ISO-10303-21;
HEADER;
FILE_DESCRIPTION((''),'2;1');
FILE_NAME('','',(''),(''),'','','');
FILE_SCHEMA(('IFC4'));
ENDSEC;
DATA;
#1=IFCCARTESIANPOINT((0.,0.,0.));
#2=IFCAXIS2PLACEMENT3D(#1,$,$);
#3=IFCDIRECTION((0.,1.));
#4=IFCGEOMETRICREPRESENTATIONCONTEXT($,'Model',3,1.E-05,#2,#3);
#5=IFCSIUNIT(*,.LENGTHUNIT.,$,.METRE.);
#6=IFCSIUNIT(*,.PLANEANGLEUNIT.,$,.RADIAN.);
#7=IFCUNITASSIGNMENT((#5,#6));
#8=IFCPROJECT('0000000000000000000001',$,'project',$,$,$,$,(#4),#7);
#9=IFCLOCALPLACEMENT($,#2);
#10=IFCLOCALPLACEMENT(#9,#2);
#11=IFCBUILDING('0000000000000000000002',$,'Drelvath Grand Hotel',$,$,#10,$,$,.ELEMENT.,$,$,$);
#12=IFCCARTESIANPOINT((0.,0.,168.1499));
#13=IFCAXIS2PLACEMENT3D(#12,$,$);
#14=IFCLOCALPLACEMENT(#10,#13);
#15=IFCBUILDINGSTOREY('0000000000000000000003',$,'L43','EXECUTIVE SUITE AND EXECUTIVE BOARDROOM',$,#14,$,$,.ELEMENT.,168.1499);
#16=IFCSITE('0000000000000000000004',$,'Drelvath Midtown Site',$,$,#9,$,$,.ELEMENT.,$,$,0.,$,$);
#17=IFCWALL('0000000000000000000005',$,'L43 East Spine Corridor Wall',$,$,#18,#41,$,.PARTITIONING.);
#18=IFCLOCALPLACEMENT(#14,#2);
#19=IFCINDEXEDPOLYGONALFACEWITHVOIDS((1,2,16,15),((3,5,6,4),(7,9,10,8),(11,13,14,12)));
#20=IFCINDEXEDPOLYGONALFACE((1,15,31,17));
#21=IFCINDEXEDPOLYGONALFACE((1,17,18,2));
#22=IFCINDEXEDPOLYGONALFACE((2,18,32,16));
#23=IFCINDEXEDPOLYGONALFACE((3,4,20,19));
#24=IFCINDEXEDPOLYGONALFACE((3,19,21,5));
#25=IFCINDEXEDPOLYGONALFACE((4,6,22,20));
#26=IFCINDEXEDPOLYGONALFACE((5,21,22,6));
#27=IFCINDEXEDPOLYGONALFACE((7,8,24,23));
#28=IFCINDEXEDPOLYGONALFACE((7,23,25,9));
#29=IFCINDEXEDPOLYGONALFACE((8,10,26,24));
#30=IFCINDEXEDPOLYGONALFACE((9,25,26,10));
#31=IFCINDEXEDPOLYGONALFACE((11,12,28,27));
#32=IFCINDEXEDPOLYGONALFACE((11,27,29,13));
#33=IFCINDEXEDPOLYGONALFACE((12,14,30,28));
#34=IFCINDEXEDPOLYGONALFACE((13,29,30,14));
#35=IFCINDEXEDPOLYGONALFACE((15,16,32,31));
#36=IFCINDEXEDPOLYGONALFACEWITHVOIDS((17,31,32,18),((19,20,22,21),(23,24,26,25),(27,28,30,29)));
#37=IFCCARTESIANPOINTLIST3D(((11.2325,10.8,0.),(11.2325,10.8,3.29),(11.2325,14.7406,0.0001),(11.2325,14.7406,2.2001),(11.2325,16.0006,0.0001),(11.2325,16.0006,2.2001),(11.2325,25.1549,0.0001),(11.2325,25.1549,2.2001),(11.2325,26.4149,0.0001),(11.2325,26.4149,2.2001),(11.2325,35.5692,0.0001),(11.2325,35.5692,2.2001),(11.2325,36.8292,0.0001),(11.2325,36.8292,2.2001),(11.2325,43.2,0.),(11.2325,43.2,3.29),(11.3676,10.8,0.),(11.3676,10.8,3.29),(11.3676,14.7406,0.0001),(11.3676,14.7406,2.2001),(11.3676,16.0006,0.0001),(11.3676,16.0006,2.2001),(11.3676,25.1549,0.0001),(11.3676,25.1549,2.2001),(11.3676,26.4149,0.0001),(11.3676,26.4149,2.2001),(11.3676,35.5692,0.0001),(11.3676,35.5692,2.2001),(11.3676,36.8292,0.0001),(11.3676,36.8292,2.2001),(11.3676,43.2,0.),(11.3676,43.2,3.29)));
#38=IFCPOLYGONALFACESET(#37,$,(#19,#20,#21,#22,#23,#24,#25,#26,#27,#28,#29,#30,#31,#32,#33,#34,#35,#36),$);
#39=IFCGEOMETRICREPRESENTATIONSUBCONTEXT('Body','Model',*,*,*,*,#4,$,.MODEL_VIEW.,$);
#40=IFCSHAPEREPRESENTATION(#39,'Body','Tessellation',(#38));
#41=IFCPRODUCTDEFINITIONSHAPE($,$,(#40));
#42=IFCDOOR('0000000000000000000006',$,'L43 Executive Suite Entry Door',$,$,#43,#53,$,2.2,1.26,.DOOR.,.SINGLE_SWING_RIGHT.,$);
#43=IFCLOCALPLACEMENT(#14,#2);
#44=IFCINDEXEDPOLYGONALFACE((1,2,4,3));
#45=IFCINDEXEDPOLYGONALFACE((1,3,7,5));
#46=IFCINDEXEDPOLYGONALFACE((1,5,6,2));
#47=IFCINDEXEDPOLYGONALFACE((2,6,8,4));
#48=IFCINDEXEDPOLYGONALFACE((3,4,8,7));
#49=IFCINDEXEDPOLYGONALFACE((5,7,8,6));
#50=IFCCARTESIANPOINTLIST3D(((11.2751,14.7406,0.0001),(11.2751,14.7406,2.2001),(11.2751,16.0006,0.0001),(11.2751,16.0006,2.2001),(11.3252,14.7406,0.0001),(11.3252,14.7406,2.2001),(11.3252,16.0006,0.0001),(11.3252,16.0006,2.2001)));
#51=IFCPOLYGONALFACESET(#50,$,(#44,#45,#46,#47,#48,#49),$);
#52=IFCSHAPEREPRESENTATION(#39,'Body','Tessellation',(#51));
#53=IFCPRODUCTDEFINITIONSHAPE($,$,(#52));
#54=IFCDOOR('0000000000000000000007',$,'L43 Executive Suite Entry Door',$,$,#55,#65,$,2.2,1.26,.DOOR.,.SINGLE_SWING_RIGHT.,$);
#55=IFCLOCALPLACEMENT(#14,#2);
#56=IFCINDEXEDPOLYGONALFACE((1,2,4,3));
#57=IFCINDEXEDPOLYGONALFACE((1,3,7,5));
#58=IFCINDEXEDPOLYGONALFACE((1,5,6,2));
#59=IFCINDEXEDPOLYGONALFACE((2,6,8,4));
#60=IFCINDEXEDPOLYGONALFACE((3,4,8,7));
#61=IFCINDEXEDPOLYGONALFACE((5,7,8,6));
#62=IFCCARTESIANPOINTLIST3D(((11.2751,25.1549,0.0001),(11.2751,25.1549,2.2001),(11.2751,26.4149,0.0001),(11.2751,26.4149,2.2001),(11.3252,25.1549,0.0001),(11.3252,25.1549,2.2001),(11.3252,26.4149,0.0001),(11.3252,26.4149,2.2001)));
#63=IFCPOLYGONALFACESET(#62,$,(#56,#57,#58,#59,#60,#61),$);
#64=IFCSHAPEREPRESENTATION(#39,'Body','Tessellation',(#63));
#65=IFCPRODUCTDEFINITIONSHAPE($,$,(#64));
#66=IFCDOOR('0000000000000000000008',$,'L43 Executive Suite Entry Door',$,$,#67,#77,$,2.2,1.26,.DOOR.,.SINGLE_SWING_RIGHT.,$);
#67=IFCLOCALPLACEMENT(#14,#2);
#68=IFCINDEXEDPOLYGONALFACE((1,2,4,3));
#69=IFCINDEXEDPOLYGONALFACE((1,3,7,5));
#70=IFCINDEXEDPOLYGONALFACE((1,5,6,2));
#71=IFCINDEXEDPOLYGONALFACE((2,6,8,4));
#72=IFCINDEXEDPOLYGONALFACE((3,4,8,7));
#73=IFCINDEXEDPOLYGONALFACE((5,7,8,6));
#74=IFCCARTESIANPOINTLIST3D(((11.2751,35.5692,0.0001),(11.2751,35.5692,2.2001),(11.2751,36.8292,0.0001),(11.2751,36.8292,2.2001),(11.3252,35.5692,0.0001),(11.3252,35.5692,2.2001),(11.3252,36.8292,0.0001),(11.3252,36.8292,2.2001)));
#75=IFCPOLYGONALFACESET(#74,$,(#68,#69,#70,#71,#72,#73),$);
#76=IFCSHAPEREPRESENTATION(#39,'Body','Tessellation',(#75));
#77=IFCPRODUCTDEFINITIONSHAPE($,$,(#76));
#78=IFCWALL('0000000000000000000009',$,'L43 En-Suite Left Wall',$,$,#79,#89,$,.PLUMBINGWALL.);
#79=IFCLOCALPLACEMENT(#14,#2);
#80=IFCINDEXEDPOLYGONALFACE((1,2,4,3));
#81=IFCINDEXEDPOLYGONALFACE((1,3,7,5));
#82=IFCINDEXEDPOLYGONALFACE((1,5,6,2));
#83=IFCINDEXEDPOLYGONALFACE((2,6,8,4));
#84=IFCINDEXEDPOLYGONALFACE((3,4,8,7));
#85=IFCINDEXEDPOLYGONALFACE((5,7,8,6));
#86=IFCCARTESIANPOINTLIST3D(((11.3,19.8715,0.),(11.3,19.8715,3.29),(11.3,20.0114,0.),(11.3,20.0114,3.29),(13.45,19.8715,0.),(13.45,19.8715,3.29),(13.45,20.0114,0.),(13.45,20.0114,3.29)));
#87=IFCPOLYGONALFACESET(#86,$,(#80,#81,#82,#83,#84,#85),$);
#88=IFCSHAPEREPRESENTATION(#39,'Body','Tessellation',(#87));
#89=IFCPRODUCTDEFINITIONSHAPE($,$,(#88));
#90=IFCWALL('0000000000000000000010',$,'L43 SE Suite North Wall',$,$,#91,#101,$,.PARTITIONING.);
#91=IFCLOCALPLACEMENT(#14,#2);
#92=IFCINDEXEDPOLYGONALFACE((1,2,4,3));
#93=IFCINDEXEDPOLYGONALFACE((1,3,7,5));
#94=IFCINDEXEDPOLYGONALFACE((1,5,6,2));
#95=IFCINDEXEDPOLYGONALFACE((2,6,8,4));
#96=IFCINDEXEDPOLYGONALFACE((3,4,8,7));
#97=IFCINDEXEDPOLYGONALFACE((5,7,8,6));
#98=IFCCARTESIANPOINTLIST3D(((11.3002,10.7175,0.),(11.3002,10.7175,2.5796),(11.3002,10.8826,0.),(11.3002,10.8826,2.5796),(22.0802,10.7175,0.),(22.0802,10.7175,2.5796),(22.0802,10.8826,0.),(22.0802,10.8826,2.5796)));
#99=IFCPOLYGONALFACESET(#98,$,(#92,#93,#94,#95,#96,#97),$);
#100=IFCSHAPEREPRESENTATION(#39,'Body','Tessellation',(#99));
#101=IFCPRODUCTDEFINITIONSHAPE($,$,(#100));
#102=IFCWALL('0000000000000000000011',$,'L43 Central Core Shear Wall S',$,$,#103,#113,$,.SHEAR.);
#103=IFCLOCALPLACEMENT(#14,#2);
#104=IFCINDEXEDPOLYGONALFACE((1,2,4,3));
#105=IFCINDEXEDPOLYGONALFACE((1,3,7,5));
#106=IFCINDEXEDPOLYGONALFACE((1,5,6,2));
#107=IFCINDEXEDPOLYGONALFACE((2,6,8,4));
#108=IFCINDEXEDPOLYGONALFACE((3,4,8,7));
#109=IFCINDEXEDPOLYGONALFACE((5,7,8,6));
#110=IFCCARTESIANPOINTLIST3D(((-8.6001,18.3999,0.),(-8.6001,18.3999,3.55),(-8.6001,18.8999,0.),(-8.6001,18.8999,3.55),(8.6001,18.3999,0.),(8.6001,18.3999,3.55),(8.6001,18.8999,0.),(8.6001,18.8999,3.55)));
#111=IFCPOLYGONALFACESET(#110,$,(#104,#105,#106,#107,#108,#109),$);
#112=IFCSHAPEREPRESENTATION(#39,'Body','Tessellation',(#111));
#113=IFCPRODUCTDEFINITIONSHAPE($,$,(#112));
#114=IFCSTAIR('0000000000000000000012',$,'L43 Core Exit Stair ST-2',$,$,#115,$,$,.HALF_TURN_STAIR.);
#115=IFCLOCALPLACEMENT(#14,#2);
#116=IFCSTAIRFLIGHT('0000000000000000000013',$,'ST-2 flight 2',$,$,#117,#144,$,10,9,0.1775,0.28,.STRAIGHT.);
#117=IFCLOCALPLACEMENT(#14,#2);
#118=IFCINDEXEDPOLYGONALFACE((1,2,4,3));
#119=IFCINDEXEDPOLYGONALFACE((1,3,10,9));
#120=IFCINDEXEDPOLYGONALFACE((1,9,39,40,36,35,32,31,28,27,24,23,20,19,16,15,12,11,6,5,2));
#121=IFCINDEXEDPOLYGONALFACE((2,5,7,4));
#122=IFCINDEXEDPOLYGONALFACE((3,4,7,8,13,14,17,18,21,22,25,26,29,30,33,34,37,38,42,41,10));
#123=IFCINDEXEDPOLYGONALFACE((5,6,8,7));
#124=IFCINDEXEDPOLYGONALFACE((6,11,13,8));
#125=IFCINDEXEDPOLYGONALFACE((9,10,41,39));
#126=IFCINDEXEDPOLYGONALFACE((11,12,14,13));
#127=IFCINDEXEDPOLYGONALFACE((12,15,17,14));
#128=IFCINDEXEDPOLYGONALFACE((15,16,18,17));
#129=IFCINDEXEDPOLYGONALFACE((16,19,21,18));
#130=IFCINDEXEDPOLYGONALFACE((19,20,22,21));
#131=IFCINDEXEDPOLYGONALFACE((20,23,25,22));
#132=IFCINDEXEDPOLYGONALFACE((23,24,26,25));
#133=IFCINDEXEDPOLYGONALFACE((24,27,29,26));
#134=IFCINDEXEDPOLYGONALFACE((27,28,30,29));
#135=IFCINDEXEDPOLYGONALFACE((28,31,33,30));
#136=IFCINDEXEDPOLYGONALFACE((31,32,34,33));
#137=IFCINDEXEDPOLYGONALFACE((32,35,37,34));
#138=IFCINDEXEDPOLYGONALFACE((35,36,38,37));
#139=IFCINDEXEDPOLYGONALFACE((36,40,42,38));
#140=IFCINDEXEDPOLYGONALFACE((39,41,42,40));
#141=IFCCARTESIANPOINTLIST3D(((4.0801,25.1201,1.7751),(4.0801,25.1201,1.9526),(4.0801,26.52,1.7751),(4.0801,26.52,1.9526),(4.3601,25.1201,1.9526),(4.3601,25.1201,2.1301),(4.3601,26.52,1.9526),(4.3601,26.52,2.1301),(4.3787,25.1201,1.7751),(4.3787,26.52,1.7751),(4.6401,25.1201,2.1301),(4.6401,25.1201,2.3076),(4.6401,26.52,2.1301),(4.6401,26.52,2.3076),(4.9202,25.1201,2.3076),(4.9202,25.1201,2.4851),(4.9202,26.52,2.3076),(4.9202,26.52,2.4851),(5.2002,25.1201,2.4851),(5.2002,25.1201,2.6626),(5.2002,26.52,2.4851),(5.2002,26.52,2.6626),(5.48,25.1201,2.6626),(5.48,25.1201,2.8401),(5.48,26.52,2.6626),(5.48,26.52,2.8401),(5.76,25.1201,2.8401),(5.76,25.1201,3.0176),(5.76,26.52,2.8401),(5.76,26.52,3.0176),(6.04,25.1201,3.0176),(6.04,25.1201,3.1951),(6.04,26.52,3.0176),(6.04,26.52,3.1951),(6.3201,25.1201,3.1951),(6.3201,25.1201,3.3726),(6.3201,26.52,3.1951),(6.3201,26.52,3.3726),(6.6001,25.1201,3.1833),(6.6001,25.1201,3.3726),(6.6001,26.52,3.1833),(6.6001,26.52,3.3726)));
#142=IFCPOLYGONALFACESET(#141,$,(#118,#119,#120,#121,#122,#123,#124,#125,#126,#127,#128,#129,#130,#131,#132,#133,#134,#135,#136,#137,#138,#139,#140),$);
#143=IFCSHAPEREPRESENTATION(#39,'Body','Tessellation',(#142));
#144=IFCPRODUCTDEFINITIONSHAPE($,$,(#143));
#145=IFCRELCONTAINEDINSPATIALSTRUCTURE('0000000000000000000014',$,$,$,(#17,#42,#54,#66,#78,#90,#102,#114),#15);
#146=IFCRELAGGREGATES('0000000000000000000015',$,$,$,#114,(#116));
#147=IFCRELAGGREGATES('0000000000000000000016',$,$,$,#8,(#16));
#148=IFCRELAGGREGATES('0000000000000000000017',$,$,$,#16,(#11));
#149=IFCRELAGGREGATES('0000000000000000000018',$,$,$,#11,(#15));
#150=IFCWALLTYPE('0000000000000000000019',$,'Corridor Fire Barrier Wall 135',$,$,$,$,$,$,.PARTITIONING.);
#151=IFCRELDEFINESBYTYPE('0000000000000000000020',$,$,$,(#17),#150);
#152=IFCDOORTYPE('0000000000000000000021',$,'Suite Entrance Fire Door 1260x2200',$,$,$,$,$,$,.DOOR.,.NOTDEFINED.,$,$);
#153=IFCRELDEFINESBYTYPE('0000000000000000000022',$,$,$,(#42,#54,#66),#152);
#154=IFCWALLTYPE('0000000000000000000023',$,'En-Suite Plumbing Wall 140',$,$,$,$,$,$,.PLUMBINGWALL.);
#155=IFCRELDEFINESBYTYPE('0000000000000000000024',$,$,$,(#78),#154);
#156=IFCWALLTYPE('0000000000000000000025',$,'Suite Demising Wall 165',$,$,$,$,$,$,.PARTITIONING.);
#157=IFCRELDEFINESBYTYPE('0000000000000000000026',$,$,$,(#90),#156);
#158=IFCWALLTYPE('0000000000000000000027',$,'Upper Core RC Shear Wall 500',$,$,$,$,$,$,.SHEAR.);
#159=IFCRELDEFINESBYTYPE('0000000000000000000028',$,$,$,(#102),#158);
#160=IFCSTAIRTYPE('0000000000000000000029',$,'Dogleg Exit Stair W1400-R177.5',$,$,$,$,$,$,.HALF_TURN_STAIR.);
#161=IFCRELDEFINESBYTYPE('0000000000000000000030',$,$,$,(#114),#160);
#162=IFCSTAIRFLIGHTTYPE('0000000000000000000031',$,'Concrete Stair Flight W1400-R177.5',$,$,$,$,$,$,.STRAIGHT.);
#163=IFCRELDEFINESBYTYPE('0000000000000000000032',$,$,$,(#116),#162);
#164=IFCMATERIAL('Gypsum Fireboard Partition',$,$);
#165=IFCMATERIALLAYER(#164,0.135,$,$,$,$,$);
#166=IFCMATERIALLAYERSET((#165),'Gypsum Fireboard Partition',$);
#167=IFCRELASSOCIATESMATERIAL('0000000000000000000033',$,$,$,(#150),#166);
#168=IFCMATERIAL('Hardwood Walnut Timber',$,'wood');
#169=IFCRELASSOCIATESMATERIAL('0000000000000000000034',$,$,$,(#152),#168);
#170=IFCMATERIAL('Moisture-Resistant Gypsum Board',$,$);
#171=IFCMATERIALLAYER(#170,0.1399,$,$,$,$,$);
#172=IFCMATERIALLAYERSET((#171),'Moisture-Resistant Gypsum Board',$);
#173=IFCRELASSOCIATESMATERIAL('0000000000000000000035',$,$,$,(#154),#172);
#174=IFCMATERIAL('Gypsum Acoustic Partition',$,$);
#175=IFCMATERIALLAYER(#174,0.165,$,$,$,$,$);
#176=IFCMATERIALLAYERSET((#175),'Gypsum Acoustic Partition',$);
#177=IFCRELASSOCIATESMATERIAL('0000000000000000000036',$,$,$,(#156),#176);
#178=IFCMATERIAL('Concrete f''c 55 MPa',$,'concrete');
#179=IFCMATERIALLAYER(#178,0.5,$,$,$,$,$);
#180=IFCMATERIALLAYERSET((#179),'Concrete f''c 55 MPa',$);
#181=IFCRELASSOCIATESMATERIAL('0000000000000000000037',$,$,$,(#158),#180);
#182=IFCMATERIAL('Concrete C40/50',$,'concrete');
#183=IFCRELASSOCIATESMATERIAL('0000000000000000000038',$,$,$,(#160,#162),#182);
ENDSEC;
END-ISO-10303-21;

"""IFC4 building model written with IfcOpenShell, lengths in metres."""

from ifc_helpers import new_model, si_unit, direction, frame, frame_2d, origin, place, context, subcontext, project, spatial, polyline, rectangle, outline, extrude, material, layer, layer_set, type_object, element, fill, aggregate, save


model = new_model("IFC4")

# Units and contexts
model_context = context("Model", 3, precision=1e-05, world=origin(), true_north=direction((0.0, 1.0)))
body_context = subcontext(model_context, "Body", "Model", "MODEL_VIEW")
ifc_project = project(units=[si_unit("LENGTHUNIT", "METRE"), si_unit("PLANEANGLEUNIT", "RADIAN")], contexts=[model_context])

# Site, building, storey
site_placement = place(None, origin())
site = spatial("IfcSite", under=ifc_project, at=site_placement, Name="Drelvath Midtown Site", CompositionType="ELEMENT", RefElevation=0.0)
building_placement = place(site_placement, origin())
building = spatial("IfcBuilding", under=site, at=building_placement, Name="Drelvath Grand Hotel", CompositionType="ELEMENT")
storey_placement = place(building_placement, frame((0.0, 0.0, 168.1499)))
storey = spatial("IfcBuildingStorey", under=building, at=storey_placement, Name="L43", Description="EXECUTIVE SUITE AND EXECUTIVE BOARDROOM", CompositionType="ELEMENT", Elevation=168.1499)

# Shared definitions
ifc_material_1 = material(Name="Concrete f'c 55 MPa", Category="concrete")

# Shared definitions
ifc_material_2 = material(Name="Concrete C40/50", Category="concrete")

# Shared definitions
ifc_material_3 = material(Name="Gypsum Fireboard Partition")
ifc_layer_1 = layer(ifc_material_3, 0.135)
ifc_layer_set_1 = layer_set([ifc_layer_1], Name="Gypsum Fireboard Partition")
wall_type_1 = type_object("IfcWallType", Name="Corridor Fire Barrier Wall 135", PredefinedType="PARTITIONING", material=ifc_layer_set_1)

# Wall, openings, doors
wall_1_placement = place(storey_placement, frame((11.3, 10.8, 0.0), z_axis=(0.0, 0.0, 1.0), x_axis=(0.0, 1.0, 0.0)))
wall_1 = element("IfcWall", 1, at=wall_1_placement, inside=storey, type_object=wall_type_1, Name="L43 East Spine Corridor Wall", PredefinedType="PARTITIONING", context=body_context, shape_type="SweptSolid", body=[
    extrude(rectangle(XDim=32.3999, YDim=0.135, at=frame_2d((16.2, 0.0))), origin(), (0.0, 0.0, 1.0), 3.29),
])
opening_1_placement = place(wall_1_placement, frame((3.9407, 0.0, 0.0)))
opening_1 = element("IfcOpeningElement", 2, at=opening_1_placement, cuts=wall_1, PredefinedType="OPENING", context=body_context, shape_type="SweptSolid", body=[
    extrude(rectangle(XDim=1.26, YDim=2.2, at=frame_2d((0.6299, 1.1001))), frame((0.0, 0.0774, 0.0), z_axis=(0.0, -1.0, 0.0), x_axis=(1.0, 0.0, 0.0)), (0.0, 0.0, 1.0), 0.155),
])
opening_2_placement = place(wall_1_placement, frame((14.355, 0.0, 0.0)))
opening_2 = element("IfcOpeningElement", 3, at=opening_2_placement, cuts=wall_1, PredefinedType="OPENING", context=body_context, shape_type="SweptSolid", body=[
    extrude(rectangle(XDim=1.26, YDim=2.2, at=frame_2d((0.6299, 1.1001))), frame((0.0, 0.0774, 0.0), z_axis=(0.0, -1.0, 0.0), x_axis=(1.0, 0.0, 0.0)), (0.0, 0.0, 1.0), 0.155),
])
opening_3_placement = place(wall_1_placement, frame((24.7693, 0.0, 0.0)))
opening_3 = element("IfcOpeningElement", 4, at=opening_3_placement, cuts=wall_1, PredefinedType="OPENING", context=body_context, shape_type="SweptSolid", body=[
    extrude(rectangle(XDim=1.26, YDim=2.2, at=frame_2d((0.6299, 1.1001))), frame((0.0, 0.0774, 0.0), z_axis=(0.0, -1.0, 0.0), x_axis=(1.0, 0.0, 0.0)), (0.0, 0.0, 1.0), 0.155),
])
ifc_material_4 = material(Name="Hardwood Walnut Timber", Category="wood")
door_type_1 = type_object("IfcDoorType", Name="Suite Entrance Fire Door 1260x2200", OperationType="NOTDEFINED", PredefinedType="DOOR", material=ifc_material_4)
door_1_placement = place(opening_1_placement, origin())
door_1 = element("IfcDoor", 5, at=door_1_placement, inside=storey, type_object=door_type_1, Name="L43 Executive Suite Entry Door", OperationType="SINGLE_SWING_RIGHT", OverallHeight=2.2, OverallWidth=1.26, PredefinedType="DOOR", context=body_context, shape_type="SweptSolid", body=[
    extrude(rectangle(XDim=1.26, YDim=2.2, at=frame_2d((0.6299, 1.1001))), frame((0.0, 0.0249, 0.0), z_axis=(0.0, -1.0, 0.0), x_axis=(1.0, 0.0, 0.0)), (0.0, 0.0, 1.0), 0.05),
])
fill(opening_1, door_1)
door_2_placement = place(opening_2_placement, origin())
door_2 = element("IfcDoor", 6, at=door_2_placement, inside=storey, type_object=door_type_1, Name="L43 Executive Suite Entry Door", OperationType="SINGLE_SWING_RIGHT", OverallHeight=2.2, OverallWidth=1.26, PredefinedType="DOOR", context=body_context, shape_type="SweptSolid", body=[
    extrude(rectangle(XDim=1.26, YDim=2.2, at=frame_2d((0.6299, 1.1001))), frame((0.0, 0.0249, 0.0), z_axis=(0.0, -1.0, 0.0), x_axis=(1.0, 0.0, 0.0)), (0.0, 0.0, 1.0), 0.05),
])
fill(opening_2, door_2)
door_3_placement = place(opening_3_placement, origin())
door_3 = element("IfcDoor", 7, at=door_3_placement, inside=storey, type_object=door_type_1, Name="L43 Executive Suite Entry Door", OperationType="SINGLE_SWING_RIGHT", OverallHeight=2.2, OverallWidth=1.26, PredefinedType="DOOR", context=body_context, shape_type="SweptSolid", body=[
    extrude(rectangle(XDim=1.26, YDim=2.2, at=frame_2d((0.6299, 1.1001))), frame((0.0, 0.0249, 0.0), z_axis=(0.0, -1.0, 0.0), x_axis=(1.0, 0.0, 0.0)), (0.0, 0.0, 1.0), 0.05),
])
fill(opening_3, door_3)

# Walls
ifc_material_5 = material(Name="Moisture-Resistant Gypsum Board")
ifc_layer_2 = layer(ifc_material_5, 0.1399)
ifc_layer_set_2 = layer_set([ifc_layer_2], Name="Moisture-Resistant Gypsum Board")
wall_type_2 = type_object("IfcWallType", Name="En-Suite Plumbing Wall 140", PredefinedType="PLUMBINGWALL", material=ifc_layer_set_2)
wall_2_placement = place(storey_placement, frame((11.3, 19.9414, 0.0), z_axis=(0.0, 0.0, 1.0), x_axis=(1.0, 0.0, 0.0)))
element("IfcWall", 8, at=wall_2_placement, inside=storey, type_object=wall_type_2, Name="L43 En-Suite Left Wall", PredefinedType="PLUMBINGWALL", context=body_context, shape_type="SweptSolid", body=[
    extrude(rectangle(XDim=2.1499, YDim=0.1399, at=frame_2d((1.075, 0.0))), origin(), (0.0, 0.0, 1.0), 3.29),
])
ifc_material_6 = material(Name="Gypsum Acoustic Partition")
ifc_layer_3 = layer(ifc_material_6, 0.165)
ifc_layer_set_3 = layer_set([ifc_layer_3], Name="Gypsum Acoustic Partition")
wall_type_3 = type_object("IfcWallType", Name="Suite Demising Wall 165", PredefinedType="PARTITIONING", material=ifc_layer_set_3)
wall_3_placement = place(storey_placement, frame((11.3, 10.8, 0.0), z_axis=(0.0, 0.0, 1.0), x_axis=(1.0, 0.0, 0.0)))
element("IfcWall", 9, at=wall_3_placement, inside=storey, type_object=wall_type_3, Name="L43 SE Suite North Wall", PredefinedType="PARTITIONING", context=body_context, shape_type="SweptSolid", body=[
    extrude(rectangle(XDim=10.78, YDim=0.165, at=frame_2d((5.3901, 0.0))), origin(), (0.0, 0.0, 1.0), 2.5796),
])
ifc_layer_4 = layer(ifc_material_1, 0.5)
ifc_layer_set_4 = layer_set([ifc_layer_4], Name="Concrete f'c 55 MPa")
wall_type_4 = type_object("IfcWallType", Name="Upper Core RC Shear Wall 500", PredefinedType="SHEAR", material=ifc_layer_set_4)
wall_4_placement = place(storey_placement, frame((8.6001, 18.6499, 0.0), z_axis=(0.0, 0.0, 1.0), x_axis=(-1.0, 0.0, 0.0)))
element("IfcWall", 10, at=wall_4_placement, inside=storey, type_object=wall_type_4, Name="L43 Central Core Shear Wall S", PredefinedType="SHEAR", context=body_context, shape_type="SweptSolid", body=[
    extrude(rectangle(XDim=17.2002, YDim=0.5, at=frame_2d((8.6001, 0.0))), origin(), (0.0, 0.0, 1.0), 3.55),
])

# Stair, stair flight
stair_type = type_object("IfcStairType", Name="Dogleg Exit Stair W1400-R177.5", PredefinedType="HALF_TURN_STAIR", material=ifc_material_2)
stair_placement = place(storey_placement, origin())
stair = element("IfcStair", 11, at=stair_placement, inside=storey, type_object=stair_type, Name="L43 Core Exit Stair ST-2", PredefinedType="HALF_TURN_STAIR")
stair_flight_type = type_object("IfcStairFlightType", Name="Concrete Stair Flight W1400-R177.5", PredefinedType="STRAIGHT", material=ifc_material_2)
stair_flight_placement = place(storey_placement, frame((4.0801, 25.8201, 1.7751), z_axis=(0.0, 0.0, 1.0), x_axis=(1.0, 0.0, 0.0)))
stair_flight = element("IfcStairFlight", 12, at=stair_flight_placement, type_object=stair_flight_type, Name="ST-2 flight 2", NumberOfRisers=10, NumberOfTreads=9, PredefinedType="STRAIGHT", RiserHeight=0.1775, TreadLength=0.28, context=body_context, shape_type="SweptSolid", body=[
    extrude(outline(polyline([(0.0, 0.0), (0.0, 0.1775), (0.28, 0.1775), (0.28, 0.355), (0.5601, 0.355), (0.5601, 0.5325), (0.8401, 0.5325), (0.8401, 0.71), (1.1201, 0.71), (1.1201, 0.8875), (1.3999, 0.8875), (1.3999, 1.0649), (1.6799, 1.0649), (1.6799, 1.2424), (1.96, 1.2424), (1.96, 1.4199), (2.24, 1.4199), (2.24, 1.5974), (2.52, 1.5974), (2.52, 1.7749), (2.52, 1.4082), (0.2986, 0.0), (0.0, 0.0)])), frame((0.0, 0.7, 0.0), z_axis=(0.0, -1.0, 0.0), x_axis=(1.0, 0.0, 0.0)), (0.0, 0.0, 1.0), 1.3999),
])
aggregate(stair, [stair_flight])

save(model, "model.ifc")
